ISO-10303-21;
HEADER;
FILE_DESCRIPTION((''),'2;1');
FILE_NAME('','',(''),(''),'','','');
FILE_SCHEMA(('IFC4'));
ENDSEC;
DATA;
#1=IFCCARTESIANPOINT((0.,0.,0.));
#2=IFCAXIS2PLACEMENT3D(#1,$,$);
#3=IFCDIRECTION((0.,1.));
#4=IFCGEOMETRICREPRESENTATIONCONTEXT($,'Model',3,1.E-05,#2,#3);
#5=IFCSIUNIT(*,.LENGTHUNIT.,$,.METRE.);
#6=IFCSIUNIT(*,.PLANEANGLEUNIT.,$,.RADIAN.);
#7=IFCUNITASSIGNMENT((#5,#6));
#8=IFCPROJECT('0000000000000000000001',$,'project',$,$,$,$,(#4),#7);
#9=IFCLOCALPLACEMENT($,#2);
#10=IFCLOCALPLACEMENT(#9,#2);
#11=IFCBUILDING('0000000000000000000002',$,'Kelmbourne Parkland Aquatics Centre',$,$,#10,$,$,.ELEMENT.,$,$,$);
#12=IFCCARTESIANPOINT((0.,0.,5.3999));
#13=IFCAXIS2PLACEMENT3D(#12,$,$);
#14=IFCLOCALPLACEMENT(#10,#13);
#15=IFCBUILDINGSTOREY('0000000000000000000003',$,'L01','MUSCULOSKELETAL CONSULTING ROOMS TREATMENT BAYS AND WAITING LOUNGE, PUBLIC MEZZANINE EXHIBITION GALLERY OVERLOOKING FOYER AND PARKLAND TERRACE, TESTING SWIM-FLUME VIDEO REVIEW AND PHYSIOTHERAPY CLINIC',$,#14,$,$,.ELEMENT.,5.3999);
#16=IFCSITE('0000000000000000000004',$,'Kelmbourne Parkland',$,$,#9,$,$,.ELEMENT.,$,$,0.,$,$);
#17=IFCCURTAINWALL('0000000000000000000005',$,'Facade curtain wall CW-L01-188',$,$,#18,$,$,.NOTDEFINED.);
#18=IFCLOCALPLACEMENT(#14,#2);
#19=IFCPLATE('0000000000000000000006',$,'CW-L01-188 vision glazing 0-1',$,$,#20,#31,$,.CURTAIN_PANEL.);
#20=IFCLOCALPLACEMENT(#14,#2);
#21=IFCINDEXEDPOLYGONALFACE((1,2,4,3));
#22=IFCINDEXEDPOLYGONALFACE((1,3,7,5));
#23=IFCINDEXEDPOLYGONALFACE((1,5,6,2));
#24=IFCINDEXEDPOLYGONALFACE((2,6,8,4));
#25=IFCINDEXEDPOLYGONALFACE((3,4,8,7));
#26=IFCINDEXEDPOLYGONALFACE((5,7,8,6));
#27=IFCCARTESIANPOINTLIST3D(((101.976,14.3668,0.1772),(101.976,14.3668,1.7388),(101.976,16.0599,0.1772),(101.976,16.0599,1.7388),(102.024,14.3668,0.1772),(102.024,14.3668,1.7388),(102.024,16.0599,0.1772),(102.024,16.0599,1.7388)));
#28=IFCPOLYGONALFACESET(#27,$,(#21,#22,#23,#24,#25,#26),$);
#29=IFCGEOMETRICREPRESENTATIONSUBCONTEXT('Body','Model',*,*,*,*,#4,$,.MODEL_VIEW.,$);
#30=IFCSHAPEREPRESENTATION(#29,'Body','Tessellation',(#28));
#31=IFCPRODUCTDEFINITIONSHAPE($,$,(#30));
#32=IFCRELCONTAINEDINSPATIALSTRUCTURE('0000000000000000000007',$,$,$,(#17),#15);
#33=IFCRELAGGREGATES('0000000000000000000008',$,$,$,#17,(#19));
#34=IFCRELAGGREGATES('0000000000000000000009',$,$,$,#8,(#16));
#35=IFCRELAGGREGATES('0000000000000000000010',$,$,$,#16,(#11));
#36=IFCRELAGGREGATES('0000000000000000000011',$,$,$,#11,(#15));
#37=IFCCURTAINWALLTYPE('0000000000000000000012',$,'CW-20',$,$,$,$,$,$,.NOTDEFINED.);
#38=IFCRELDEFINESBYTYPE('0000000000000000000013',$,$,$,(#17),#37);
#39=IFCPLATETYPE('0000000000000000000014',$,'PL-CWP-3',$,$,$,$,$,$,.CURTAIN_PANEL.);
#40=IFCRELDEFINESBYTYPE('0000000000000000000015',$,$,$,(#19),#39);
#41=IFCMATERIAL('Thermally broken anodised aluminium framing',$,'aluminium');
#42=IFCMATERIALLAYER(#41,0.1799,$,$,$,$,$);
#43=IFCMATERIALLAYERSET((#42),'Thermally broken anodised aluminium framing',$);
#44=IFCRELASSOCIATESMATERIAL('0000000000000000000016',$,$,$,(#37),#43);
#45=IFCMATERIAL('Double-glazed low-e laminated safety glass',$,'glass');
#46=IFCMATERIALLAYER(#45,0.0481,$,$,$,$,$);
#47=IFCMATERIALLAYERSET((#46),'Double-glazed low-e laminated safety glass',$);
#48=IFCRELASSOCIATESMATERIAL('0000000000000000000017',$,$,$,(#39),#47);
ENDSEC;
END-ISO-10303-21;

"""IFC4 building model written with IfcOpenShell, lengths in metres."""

from ifc_helpers import new_model, si_unit, direction, frame, origin, origin_2d, place, context, subcontext, project, spatial, rectangle, extrude, material, layer, layer_set, type_object, element, aggregate, save


model = new_model("IFC4")

# Units and contexts
model_context = context("Model", 3, precision=1e-05, world=origin(), true_north=direction((0.0, 1.0)))
body_context = subcontext(model_context, "Body", "Model", "MODEL_VIEW")
ifc_project = project(units=[si_unit("LENGTHUNIT", "METRE"), si_unit("PLANEANGLEUNIT", "RADIAN")], contexts=[model_context])

# Site, building, storey
site_placement = place(None, origin())
site = spatial("IfcSite", under=ifc_project, at=site_placement, Name="Kelmbourne Parkland", CompositionType="ELEMENT", RefElevation=0.0)
building_placement = place(site_placement, origin())
building = spatial("IfcBuilding", under=site, at=building_placement, Name="Kelmbourne Parkland Aquatics Centre", CompositionType="ELEMENT")
storey_placement = place(building_placement, frame((0.0, 0.0, 5.3999)))
storey = spatial("IfcBuildingStorey", under=building, at=storey_placement, Name="L01", Description="MUSCULOSKELETAL CONSULTING ROOMS TREATMENT BAYS AND WAITING LOUNGE, PUBLIC MEZZANINE EXHIBITION GALLERY OVERLOOKING FOYER AND PARKLAND TERRACE, TESTING SWIM-FLUME VIDEO REVIEW AND PHYSIOTHERAPY CLINIC", CompositionType="ELEMENT", Elevation=5.3999)

# Curtain wall
ifc_material_1 = material(Name="Thermally broken anodised aluminium framing", Category="aluminium")
ifc_layer_1 = layer(ifc_material_1, 0.1799)
ifc_layer_set_1 = layer_set([ifc_layer_1], Name="Thermally broken anodised aluminium framing")
curtain_wall_type_1 = type_object("IfcCurtainWallType", Name="CW-20", PredefinedType="NOTDEFINED", material=ifc_layer_set_1)
curtain_wall_1_placement = place(storey_placement, origin())
curtain_wall_1 = element("IfcCurtainWall", 1, at=curtain_wall_1_placement, inside=storey, type_object=curtain_wall_type_1, Name="Facade curtain wall CW-L01-188", PredefinedType="NOTDEFINED")

# Plate
ifc_material_2 = material(Name="Double-glazed low-e laminated safety glass", Category="glass")
ifc_layer_2 = layer(ifc_material_2, 0.0481)
ifc_layer_set_2 = layer_set([ifc_layer_2], Name="Double-glazed low-e laminated safety glass")
plate_type_1 = type_object("IfcPlateType", Name="PL-CWP-3", PredefinedType="CURTAIN_PANEL", material=ifc_layer_set_2)
plate_1_placement = place(storey_placement, frame((102.0, 15.2134, 0.1772), z_axis=(0.0, 0.0, 1.0), x_axis=(0.0, 1.0, 0.0)))
plate_1 = element("IfcPlate", 2, at=plate_1_placement, type_object=plate_type_1, Name="CW-L01-188 vision glazing 0-1", PredefinedType="CURTAIN_PANEL", context=body_context, shape_type="SweptSolid", body=[
    extrude(rectangle(XDim=1.6931, YDim=0.0481, at=origin_2d()), origin(), (0.0, 0.0, 1.0), 1.5615),
])
aggregate(curtain_wall_1, [plate_1])

save(model, "model.ifc")
